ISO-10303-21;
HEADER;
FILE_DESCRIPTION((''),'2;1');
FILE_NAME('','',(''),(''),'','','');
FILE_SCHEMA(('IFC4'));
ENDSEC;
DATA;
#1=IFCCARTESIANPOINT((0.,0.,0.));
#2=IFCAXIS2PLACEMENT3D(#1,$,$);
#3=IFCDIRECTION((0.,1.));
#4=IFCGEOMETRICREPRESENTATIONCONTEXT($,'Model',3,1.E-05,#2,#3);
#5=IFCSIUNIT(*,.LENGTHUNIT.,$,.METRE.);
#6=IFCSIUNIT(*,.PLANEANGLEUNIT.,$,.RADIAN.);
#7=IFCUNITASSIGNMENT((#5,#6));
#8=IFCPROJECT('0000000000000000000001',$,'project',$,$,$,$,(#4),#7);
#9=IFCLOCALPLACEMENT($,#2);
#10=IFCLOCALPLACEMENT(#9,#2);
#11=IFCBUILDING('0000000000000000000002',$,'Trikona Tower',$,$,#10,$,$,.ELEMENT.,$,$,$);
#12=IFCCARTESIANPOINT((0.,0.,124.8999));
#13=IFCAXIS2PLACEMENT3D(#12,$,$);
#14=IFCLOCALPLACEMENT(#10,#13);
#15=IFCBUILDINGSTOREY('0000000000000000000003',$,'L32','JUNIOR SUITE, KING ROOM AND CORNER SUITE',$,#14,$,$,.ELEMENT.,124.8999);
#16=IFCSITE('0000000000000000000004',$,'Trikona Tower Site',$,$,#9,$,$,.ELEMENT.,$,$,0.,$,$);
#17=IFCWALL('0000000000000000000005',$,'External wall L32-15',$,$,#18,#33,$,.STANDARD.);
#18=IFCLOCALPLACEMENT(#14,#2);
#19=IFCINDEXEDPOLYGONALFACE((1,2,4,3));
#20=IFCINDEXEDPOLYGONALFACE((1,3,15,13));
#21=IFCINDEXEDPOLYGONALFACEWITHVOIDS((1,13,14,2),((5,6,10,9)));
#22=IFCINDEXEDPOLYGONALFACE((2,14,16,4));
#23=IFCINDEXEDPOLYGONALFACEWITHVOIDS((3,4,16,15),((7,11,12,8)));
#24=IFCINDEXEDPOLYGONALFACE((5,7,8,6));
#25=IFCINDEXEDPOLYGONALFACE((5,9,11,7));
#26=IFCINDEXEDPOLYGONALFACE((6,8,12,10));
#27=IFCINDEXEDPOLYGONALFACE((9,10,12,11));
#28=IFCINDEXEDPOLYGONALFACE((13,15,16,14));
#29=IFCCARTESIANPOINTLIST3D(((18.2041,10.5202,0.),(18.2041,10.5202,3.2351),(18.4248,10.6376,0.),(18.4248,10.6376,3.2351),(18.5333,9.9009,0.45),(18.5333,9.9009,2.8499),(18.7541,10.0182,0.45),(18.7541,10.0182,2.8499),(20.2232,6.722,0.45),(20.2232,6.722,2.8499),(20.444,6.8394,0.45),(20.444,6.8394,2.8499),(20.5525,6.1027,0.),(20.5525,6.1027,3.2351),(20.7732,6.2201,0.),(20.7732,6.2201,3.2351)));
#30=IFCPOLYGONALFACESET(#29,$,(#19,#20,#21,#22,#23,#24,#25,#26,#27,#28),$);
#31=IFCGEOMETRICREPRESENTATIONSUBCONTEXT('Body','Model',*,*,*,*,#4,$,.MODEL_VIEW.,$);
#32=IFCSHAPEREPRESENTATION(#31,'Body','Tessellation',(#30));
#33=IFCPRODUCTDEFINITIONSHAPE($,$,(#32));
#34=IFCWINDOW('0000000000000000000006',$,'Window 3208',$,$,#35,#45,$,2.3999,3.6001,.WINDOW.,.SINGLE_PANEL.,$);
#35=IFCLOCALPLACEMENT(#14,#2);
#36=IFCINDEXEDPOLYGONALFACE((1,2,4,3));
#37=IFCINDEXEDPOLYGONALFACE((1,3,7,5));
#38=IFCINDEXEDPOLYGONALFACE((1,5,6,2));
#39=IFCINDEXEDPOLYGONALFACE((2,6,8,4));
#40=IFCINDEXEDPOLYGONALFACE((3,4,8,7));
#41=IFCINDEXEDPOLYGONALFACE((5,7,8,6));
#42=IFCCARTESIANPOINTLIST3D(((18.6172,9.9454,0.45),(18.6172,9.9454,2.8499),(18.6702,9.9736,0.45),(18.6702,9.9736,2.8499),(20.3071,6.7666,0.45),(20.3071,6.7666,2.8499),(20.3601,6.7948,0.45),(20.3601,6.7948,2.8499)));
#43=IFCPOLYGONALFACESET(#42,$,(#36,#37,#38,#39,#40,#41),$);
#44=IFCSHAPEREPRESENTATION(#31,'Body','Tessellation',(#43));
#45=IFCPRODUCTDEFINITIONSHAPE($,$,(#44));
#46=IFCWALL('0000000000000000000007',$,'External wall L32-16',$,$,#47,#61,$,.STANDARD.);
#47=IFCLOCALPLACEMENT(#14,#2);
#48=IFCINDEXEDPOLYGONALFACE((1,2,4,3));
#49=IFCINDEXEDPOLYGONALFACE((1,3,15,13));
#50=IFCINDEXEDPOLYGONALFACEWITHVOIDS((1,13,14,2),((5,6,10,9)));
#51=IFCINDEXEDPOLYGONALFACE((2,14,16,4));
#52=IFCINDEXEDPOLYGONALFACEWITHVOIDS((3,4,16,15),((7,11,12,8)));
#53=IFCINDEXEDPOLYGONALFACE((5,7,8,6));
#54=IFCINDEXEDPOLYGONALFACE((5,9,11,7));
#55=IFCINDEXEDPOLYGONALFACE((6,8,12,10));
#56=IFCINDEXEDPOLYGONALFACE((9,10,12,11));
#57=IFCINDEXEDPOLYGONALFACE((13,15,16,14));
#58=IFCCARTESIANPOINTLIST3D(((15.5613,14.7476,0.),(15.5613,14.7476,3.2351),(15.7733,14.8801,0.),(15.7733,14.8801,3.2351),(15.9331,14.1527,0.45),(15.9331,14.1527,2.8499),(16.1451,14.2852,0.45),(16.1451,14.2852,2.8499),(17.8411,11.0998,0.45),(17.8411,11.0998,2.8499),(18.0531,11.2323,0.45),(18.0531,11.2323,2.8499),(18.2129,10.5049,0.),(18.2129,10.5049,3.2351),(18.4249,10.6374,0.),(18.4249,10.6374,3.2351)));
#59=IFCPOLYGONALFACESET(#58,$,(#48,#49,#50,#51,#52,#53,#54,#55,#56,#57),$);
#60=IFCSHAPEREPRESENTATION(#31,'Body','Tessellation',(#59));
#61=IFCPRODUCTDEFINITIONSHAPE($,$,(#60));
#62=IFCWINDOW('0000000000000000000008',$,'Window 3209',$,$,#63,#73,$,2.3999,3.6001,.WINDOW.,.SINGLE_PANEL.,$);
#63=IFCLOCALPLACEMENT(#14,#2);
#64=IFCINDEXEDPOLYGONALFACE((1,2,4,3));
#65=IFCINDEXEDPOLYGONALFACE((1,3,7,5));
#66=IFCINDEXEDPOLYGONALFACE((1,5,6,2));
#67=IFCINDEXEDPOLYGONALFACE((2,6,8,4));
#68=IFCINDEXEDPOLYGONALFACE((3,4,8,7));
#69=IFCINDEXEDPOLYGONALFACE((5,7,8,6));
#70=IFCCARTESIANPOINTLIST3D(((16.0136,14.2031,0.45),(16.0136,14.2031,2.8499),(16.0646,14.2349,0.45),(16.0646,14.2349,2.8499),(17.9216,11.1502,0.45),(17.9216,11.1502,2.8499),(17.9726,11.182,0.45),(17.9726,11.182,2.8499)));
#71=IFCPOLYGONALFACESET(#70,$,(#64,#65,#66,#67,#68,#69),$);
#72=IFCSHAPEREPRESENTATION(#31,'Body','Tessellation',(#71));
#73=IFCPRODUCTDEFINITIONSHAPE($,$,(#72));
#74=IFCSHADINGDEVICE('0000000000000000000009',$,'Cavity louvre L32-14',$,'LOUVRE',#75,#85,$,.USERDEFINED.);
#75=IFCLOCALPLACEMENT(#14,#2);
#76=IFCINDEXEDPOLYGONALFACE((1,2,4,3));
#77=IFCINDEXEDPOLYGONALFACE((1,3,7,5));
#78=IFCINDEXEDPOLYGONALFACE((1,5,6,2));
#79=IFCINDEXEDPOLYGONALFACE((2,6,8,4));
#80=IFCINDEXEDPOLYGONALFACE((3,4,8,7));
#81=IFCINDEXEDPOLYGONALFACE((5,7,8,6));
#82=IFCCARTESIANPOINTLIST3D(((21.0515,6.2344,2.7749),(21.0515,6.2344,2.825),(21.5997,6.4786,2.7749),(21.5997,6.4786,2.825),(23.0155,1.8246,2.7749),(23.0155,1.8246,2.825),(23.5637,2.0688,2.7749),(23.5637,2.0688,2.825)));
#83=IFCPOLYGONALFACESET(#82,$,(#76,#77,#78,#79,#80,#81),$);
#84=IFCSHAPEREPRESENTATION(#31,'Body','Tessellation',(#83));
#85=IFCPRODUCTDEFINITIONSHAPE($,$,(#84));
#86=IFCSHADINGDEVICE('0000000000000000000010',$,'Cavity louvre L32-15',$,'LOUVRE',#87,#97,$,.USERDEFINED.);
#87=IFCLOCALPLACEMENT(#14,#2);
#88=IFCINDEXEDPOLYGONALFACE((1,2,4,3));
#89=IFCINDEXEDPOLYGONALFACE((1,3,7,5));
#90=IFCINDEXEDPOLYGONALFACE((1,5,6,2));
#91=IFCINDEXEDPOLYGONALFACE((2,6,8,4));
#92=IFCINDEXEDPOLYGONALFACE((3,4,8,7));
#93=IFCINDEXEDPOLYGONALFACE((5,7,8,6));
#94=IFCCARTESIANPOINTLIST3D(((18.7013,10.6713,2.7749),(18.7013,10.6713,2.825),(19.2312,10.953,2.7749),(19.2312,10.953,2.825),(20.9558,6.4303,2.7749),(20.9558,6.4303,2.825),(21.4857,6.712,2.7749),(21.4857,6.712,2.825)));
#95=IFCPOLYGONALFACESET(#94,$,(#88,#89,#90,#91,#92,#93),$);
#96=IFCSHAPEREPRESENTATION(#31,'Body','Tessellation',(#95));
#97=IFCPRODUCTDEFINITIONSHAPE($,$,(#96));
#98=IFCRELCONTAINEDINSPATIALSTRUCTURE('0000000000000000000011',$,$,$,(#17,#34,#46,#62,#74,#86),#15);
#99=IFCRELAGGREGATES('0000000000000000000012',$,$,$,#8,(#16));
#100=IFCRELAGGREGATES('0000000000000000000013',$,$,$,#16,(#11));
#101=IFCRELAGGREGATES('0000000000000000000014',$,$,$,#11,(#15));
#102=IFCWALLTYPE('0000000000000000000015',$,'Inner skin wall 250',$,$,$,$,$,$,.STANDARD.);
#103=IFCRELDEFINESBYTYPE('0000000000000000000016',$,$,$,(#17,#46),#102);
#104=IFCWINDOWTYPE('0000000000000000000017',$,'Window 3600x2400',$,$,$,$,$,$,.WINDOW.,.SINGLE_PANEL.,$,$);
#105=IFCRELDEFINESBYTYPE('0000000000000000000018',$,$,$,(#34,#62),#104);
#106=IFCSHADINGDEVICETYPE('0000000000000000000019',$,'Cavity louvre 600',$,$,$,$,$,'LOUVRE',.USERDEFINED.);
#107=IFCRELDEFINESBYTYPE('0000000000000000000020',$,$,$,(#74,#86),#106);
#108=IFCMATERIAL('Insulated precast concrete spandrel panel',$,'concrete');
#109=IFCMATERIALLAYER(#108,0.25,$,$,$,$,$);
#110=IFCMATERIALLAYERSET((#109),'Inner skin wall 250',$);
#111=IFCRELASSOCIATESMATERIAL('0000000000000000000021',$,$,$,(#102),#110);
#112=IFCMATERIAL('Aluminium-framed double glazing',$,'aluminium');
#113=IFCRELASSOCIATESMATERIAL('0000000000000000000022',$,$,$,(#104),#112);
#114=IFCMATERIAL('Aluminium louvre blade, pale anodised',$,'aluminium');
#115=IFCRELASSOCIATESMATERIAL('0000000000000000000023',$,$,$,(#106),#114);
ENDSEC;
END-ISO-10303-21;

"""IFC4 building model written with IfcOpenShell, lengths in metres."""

from ifc_helpers import new_model, si_unit, direction, frame, frame_2d, origin, origin_2d, place, context, subcontext, project, spatial, rectangle, extrude, material, layer, layer_set, type_object, element, fill, save


model = new_model("IFC4")

# Units and contexts
model_context = context("Model", 3, precision=1e-05, world=origin(), true_north=direction((0.0, 1.0)))
body_context = subcontext(model_context, "Body", "Model", "MODEL_VIEW")
ifc_project = project(units=[si_unit("LENGTHUNIT", "METRE"), si_unit("PLANEANGLEUNIT", "RADIAN")], contexts=[model_context])

# Site, building, storey
site_placement = place(None, origin())
site = spatial("IfcSite", under=ifc_project, at=site_placement, Name="Trikona Tower Site", CompositionType="ELEMENT", RefElevation=0.0)
building_placement = place(site_placement, origin())
building = spatial("IfcBuilding", under=site, at=building_placement, Name="Trikona Tower", CompositionType="ELEMENT")
storey_placement = place(building_placement, frame((0.0, 0.0, 124.8999)))
storey = spatial("IfcBuildingStorey", under=building, at=storey_placement, Name="L32", Description="JUNIOR SUITE, KING ROOM AND CORNER SUITE", CompositionType="ELEMENT", Elevation=124.8999)

# Walls, openings, windows
ifc_material_1 = material(Name="Insulated precast concrete spandrel panel", Category="concrete")
ifc_layer_1 = layer(ifc_material_1, 0.25)
ifc_layer_set_1 = layer_set([ifc_layer_1], Name="Inner skin wall 250")
wall_type_1 = type_object("IfcWallType", Name="Inner skin wall 250", PredefinedType="STANDARD", material=ifc_layer_set_1)
ifc_material_2 = material(Name="Aluminium-framed double glazing", Category="aluminium")
window_type = type_object("IfcWindowType", Name="Window 3600x2400", PartitioningType="SINGLE_PANEL", PredefinedType="WINDOW", material=ifc_material_2)
wall_1_placement = place(storey_placement, frame((20.6628, 6.1614, 0.0), z_axis=(0.0, 0.0, 1.0), x_axis=(-0.469405, 0.882983, 0.0)))
wall_1 = element("IfcWall", 1, at=wall_1_placement, inside=storey, type_object=wall_type_1, Name="External wall L32-15", PredefinedType="STANDARD", context=body_context, shape_type="SweptSolid", body=[
    extrude(rectangle(XDim=5.0029, YDim=0.25, at=frame_2d((2.5015, 0.0))), origin(), (0.0, 0.0, 1.0), 3.2351),
])
opening_1_placement = place(wall_1_placement, frame((0.7014, 0.0, 0.45)))
opening_1 = element("IfcOpeningElement", 2, at=opening_1_placement, cuts=wall_1, PredefinedType="OPENING", context=body_context, shape_type="SweptSolid", body=[
    extrude(rectangle(XDim=3.6001, YDim=2.3999, at=frame_2d((1.8, 1.2))), frame((0.0, 0.135, 0.0), z_axis=(0.0, -1.0, 0.0), x_axis=(1.0, 0.0, 0.0)), (0.0, 0.0, 1.0), 0.27),
])
window_1_placement = place(opening_1_placement, origin())
window_1 = element("IfcWindow", 3, at=window_1_placement, inside=storey, type_object=window_type, Name="Window 3208", OverallHeight=2.3999, OverallWidth=3.6001, PartitioningType="SINGLE_PANEL", PredefinedType="WINDOW", context=body_context, shape_type="SweptSolid", body=[
    extrude(rectangle(XDim=3.6001, YDim=2.3999, at=frame_2d((1.8, 1.2))), frame((0.0, 0.03, 0.0), z_axis=(0.0, -1.0, 0.0), x_axis=(1.0, 0.0, 0.0)), (0.0, 0.0, 1.0), 0.0601),
])
fill(opening_1, window_1)
wall_2_placement = place(storey_placement, frame((18.3188, 10.5713, 0.0), z_axis=(0.0, 0.0, 1.0), x_axis=(-0.52999, 0.848004, 0.0)))
wall_2 = element("IfcWall", 4, at=wall_2_placement, inside=storey, type_object=wall_type_1, Name="External wall L32-16", PredefinedType="STANDARD", context=body_context, shape_type="SweptSolid", body=[
    extrude(rectangle(XDim=5.0032, YDim=0.25, at=frame_2d((2.5015, 0.0))), origin(), (0.0, 0.0, 1.0), 3.2351),
])
opening_2_placement = place(wall_2_placement, frame((0.7014, 0.0, 0.45)))
opening_2 = element("IfcOpeningElement", 5, at=opening_2_placement, cuts=wall_2, PredefinedType="OPENING", context=body_context, shape_type="SweptSolid", body=[
    extrude(rectangle(XDim=3.6001, YDim=2.3999, at=frame_2d((1.8, 1.2))), frame((0.0, 0.135, 0.0), z_axis=(0.0, -1.0, 0.0), x_axis=(1.0, 0.0, 0.0)), (0.0, 0.0, 1.0), 0.27),
])
window_2_placement = place(opening_2_placement, origin())
window_2 = element("IfcWindow", 6, at=window_2_placement, inside=storey, type_object=window_type, Name="Window 3209", OverallHeight=2.3999, OverallWidth=3.6001, PartitioningType="SINGLE_PANEL", PredefinedType="WINDOW", context=body_context, shape_type="SweptSolid", body=[
    extrude(rectangle(XDim=3.6001, YDim=2.3999, at=frame_2d((1.8, 1.2))), frame((0.0, 0.03, 0.0), z_axis=(0.0, -1.0, 0.0), x_axis=(1.0, 0.0, 0.0)), (0.0, 0.0, 1.0), 0.0601),
])
fill(opening_2, window_2)

# Shading devices
ifc_material_3 = material(Name="Aluminium louvre blade, pale anodised", Category="aluminium")
shading_device_type = type_object("IfcShadingDeviceType", Name="Cavity louvre 600", ElementType="LOUVRE", PredefinedType="USERDEFINED", material=ifc_material_3)
shading_device_1_placement = place(storey_placement, frame((22.3076, 4.1516, 2.7749), z_axis=(0.0, 0.0, 1.0), x_axis=(-0.406843, 0.913498, 0.0)))
element("IfcShadingDevice", 7, at=shading_device_1_placement, inside=storey, type_object=shading_device_type, Name="Cavity louvre L32-14", ObjectType="LOUVRE", PredefinedType="USERDEFINED", context=body_context, shape_type="SweptSolid", body=[
    extrude(rectangle(XDim=4.8274, YDim=0.6001, at=origin_2d()), origin(), (0.0, 0.0, 1.0), 0.05),
])
shading_device_2_placement = place(storey_placement, frame((20.0935, 8.6917, 2.7749), z_axis=(0.0, 0.0, 1.0), x_axis=(-0.469398, 0.882987, 0.0)))
element("IfcShadingDevice", 8, at=shading_device_2_placement, inside=storey, type_object=shading_device_type, Name="Cavity louvre L32-15", ObjectType="LOUVRE", PredefinedType="USERDEFINED", context=body_context, shape_type="SweptSolid", body=[
    extrude(rectangle(XDim=4.803, YDim=0.6001, at=origin_2d()), origin(), (0.0, 0.0, 1.0), 0.05),
])

save(model, "model.ifc")
